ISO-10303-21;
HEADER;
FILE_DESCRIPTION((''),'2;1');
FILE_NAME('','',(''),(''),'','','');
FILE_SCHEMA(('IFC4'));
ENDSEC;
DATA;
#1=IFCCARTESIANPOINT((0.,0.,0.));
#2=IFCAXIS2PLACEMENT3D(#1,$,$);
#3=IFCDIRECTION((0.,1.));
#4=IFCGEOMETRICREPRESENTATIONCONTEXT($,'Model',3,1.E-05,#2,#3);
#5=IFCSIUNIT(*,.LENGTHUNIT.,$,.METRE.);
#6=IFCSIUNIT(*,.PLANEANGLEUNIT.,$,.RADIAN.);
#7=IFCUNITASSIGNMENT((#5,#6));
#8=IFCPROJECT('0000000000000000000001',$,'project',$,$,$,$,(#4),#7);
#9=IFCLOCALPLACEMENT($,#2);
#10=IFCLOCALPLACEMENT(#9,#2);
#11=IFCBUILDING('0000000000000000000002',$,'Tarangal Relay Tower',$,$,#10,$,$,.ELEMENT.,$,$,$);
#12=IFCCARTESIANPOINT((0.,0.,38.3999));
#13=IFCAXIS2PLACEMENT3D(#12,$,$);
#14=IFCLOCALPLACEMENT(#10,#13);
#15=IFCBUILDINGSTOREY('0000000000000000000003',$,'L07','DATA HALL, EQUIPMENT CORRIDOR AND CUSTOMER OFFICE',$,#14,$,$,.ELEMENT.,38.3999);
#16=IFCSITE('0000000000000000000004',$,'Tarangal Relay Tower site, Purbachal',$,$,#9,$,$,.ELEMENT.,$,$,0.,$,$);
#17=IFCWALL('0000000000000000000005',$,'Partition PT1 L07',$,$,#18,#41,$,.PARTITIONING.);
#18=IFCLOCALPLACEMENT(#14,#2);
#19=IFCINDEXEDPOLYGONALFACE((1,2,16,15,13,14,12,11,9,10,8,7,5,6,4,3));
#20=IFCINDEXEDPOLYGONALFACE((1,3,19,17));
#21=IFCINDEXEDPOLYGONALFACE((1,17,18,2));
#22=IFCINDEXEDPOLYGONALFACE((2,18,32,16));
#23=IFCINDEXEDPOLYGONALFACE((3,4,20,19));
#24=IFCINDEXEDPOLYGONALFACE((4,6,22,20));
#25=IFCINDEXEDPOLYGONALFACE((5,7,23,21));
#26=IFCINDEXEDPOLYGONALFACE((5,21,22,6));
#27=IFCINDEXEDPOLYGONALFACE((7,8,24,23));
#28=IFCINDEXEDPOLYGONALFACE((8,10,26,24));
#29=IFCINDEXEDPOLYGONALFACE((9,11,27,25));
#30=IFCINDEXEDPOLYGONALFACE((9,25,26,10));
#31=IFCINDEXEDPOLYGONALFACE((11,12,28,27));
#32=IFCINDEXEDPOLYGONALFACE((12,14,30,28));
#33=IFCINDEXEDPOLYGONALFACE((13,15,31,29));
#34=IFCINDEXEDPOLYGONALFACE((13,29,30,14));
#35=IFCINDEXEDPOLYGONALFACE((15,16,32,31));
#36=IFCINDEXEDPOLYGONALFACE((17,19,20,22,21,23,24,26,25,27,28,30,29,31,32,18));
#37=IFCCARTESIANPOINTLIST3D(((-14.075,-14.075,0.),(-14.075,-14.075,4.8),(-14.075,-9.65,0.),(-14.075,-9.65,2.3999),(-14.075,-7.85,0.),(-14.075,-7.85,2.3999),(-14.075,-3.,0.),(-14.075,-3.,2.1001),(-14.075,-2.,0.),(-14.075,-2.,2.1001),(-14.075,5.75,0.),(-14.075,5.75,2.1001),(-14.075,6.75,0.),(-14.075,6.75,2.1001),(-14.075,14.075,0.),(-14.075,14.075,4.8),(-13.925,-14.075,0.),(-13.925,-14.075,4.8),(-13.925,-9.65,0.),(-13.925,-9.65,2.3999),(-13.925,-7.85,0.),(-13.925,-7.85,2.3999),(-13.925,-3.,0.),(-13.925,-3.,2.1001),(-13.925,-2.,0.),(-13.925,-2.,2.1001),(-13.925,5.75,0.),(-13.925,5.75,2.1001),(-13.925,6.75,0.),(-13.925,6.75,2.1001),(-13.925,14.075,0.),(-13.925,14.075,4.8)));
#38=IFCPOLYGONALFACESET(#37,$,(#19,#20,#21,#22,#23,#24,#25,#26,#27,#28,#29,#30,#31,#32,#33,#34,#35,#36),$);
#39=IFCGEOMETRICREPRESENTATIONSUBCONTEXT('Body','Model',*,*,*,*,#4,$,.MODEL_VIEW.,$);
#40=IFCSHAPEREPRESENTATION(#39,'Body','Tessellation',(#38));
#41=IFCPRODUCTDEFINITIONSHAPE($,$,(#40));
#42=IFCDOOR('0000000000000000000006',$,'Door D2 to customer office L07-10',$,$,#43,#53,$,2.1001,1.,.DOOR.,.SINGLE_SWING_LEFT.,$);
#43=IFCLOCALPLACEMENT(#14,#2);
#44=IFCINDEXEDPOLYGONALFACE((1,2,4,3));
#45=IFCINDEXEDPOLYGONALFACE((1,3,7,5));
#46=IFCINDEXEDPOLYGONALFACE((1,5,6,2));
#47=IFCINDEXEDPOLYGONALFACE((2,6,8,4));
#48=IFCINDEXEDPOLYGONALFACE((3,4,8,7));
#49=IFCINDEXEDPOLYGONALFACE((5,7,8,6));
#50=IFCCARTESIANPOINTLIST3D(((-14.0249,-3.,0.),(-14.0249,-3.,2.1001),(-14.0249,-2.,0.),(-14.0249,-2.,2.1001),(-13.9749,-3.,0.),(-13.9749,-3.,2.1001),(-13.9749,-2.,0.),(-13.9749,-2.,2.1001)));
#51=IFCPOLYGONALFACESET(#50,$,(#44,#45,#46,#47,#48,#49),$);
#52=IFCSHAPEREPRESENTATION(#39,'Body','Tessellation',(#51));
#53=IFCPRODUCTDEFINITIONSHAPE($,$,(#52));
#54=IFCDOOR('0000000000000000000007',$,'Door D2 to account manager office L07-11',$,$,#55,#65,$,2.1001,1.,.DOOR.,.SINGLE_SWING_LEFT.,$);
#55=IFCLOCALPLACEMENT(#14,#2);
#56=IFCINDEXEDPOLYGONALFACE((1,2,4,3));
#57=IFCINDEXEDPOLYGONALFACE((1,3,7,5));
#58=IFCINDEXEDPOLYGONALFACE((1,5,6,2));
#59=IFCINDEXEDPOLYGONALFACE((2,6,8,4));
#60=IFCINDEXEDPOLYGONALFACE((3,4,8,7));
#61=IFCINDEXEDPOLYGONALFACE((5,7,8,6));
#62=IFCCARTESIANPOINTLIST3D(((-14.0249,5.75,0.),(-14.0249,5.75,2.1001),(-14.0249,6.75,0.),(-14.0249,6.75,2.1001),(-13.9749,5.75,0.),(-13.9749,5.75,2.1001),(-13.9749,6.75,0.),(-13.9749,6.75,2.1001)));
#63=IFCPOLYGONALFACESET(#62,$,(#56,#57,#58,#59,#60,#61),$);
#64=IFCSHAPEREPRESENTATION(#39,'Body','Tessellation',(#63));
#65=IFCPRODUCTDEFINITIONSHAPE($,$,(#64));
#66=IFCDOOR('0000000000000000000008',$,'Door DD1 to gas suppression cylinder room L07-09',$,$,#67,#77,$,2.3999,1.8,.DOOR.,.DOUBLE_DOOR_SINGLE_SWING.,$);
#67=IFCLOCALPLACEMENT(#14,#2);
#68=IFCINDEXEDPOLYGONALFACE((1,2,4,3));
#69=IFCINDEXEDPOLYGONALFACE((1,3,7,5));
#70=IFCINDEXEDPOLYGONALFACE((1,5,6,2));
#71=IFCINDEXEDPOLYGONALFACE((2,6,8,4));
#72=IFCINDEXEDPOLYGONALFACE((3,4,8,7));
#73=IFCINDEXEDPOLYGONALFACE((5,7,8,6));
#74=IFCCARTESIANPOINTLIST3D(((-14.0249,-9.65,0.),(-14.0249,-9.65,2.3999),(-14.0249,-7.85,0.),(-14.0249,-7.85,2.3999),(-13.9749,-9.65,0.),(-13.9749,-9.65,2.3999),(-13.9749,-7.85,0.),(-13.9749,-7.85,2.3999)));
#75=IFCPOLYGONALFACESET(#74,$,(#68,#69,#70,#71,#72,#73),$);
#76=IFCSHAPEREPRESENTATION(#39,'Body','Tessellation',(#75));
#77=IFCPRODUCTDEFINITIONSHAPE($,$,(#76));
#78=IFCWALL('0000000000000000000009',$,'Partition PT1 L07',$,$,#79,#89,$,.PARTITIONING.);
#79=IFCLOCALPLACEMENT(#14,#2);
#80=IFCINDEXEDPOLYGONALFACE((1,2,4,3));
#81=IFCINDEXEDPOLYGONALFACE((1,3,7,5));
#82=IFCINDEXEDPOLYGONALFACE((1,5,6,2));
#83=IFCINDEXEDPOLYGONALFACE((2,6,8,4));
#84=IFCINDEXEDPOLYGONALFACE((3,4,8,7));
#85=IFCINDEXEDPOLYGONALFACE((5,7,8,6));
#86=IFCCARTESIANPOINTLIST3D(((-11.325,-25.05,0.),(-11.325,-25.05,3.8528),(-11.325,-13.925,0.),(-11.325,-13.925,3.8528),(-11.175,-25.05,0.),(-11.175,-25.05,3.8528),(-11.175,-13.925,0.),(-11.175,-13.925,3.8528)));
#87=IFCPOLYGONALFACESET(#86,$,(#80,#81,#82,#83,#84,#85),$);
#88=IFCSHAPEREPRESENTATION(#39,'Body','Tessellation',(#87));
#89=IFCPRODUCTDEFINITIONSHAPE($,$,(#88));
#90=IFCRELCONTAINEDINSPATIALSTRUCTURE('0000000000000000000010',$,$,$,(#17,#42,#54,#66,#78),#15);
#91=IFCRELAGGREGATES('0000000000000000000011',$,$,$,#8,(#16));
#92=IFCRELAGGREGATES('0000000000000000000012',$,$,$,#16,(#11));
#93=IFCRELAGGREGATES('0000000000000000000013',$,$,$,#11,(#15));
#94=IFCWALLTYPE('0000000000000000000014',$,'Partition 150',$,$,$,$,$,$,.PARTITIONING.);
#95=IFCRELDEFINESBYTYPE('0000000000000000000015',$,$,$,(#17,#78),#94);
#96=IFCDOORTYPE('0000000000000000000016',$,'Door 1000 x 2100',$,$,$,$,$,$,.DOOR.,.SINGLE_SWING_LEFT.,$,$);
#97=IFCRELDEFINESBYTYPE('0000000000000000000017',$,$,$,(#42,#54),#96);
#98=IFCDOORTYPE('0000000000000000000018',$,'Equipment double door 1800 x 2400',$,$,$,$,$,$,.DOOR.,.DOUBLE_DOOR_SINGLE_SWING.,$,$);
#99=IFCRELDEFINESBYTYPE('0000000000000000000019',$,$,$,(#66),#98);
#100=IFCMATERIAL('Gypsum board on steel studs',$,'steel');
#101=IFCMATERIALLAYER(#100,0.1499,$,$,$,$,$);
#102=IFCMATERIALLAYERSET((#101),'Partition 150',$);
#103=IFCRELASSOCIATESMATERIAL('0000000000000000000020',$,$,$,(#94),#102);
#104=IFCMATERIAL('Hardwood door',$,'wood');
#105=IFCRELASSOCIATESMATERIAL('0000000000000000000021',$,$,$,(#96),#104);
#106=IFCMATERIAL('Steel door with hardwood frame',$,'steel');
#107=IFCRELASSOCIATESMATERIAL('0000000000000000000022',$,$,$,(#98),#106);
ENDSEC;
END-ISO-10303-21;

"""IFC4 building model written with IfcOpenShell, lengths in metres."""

from ifc_helpers import new_model, si_unit, direction, frame, frame_2d, origin, place, context, subcontext, project, spatial, rectangle, extrude, material, layer, layer_set, type_object, element, fill, save


model = new_model("IFC4")

# Units and contexts
model_context = context("Model", 3, precision=1e-05, world=origin(), true_north=direction((0.0, 1.0)))
body_context = subcontext(model_context, "Body", "Model", "MODEL_VIEW")
ifc_project = project(units=[si_unit("LENGTHUNIT", "METRE"), si_unit("PLANEANGLEUNIT", "RADIAN")], contexts=[model_context])

# Site, building, storey
site_placement = place(None, origin())
site = spatial("IfcSite", under=ifc_project, at=site_placement, Name="Tarangal Relay Tower site, Purbachal", CompositionType="ELEMENT", RefElevation=0.0)
building_placement = place(site_placement, origin())
building = spatial("IfcBuilding", under=site, at=building_placement, Name="Tarangal Relay Tower", CompositionType="ELEMENT")
storey_placement = place(building_placement, frame((0.0, 0.0, 38.3999)))
storey = spatial("IfcBuildingStorey", under=building, at=storey_placement, Name="L07", Description="DATA HALL, EQUIPMENT CORRIDOR AND CUSTOMER OFFICE", CompositionType="ELEMENT", Elevation=38.3999)

# Wall, openings, doors
ifc_material_1 = material(Name="Gypsum board on steel studs", Category="steel")
ifc_layer_1 = layer(ifc_material_1, 0.1499)
ifc_layer_set_1 = layer_set([ifc_layer_1], Name="Partition 150")
wall_type_1 = type_object("IfcWallType", Name="Partition 150", PredefinedType="PARTITIONING", material=ifc_layer_set_1)
ifc_material_2 = material(Name="Hardwood door", Category="wood")
door_type_1 = type_object("IfcDoorType", Name="Door 1000 x 2100", OperationType="SINGLE_SWING_LEFT", PredefinedType="DOOR", material=ifc_material_2)
ifc_material_3 = material(Name="Steel door with hardwood frame", Category="steel")
door_type_2 = type_object("IfcDoorType", Name="Equipment double door 1800 x 2400", OperationType="DOUBLE_DOOR_SINGLE_SWING", PredefinedType="DOOR", material=ifc_material_3)
wall_1_placement = place(storey_placement, frame((-14.0, -14.075, 0.0), z_axis=(0.0, 0.0, 1.0), x_axis=(0.0, 1.0, 0.0)))
wall_1 = element("IfcWall", 1, at=wall_1_placement, inside=storey, type_object=wall_type_1, Name="Partition PT1 L07", PredefinedType="PARTITIONING", context=body_context, shape_type="SweptSolid", body=[
    extrude(rectangle(XDim=28.1499, YDim=0.1499, at=frame_2d((14.075, 0.0))), origin(), (0.0, 0.0, 1.0), 4.8),
])
opening_1_placement = place(wall_1_placement, frame((4.425, 0.0, 0.0)))
opening_1 = element("IfcOpeningElement", 2, at=opening_1_placement, cuts=wall_1, PredefinedType="OPENING", context=body_context, shape_type="SweptSolid", body=[
    extrude(rectangle(XDim=1.8, YDim=2.3999, at=frame_2d((0.8999, 1.2))), frame((0.0, 0.085, 0.0), z_axis=(0.0, -1.0, 0.0), x_axis=(1.0, 0.0, 0.0)), (0.0, 0.0, 1.0), 0.1699),
])
opening_2_placement = place(wall_1_placement, frame((11.075, 0.0, 0.0)))
opening_2 = element("IfcOpeningElement", 3, at=opening_2_placement, cuts=wall_1, PredefinedType="OPENING", context=body_context, shape_type="SweptSolid", body=[
    extrude(rectangle(XDim=1.0, YDim=2.1001, at=frame_2d((0.5, 1.05))), frame((0.0, 0.085, 0.0), z_axis=(0.0, -1.0, 0.0), x_axis=(1.0, 0.0, 0.0)), (0.0, 0.0, 1.0), 0.1699),
])
opening_3_placement = place(wall_1_placement, frame((19.825, 0.0, 0.0)))
opening_3 = element("IfcOpeningElement", 4, at=opening_3_placement, cuts=wall_1, PredefinedType="OPENING", context=body_context, shape_type="SweptSolid", body=[
    extrude(rectangle(XDim=1.0, YDim=2.1001, at=frame_2d((0.5, 1.05))), frame((0.0, 0.085, 0.0), z_axis=(0.0, -1.0, 0.0), x_axis=(1.0, 0.0, 0.0)), (0.0, 0.0, 1.0), 0.1699),
])
door_1_placement = place(opening_2_placement, origin())
door_1 = element("IfcDoor", 5, at=door_1_placement, inside=storey, type_object=door_type_1, Name="Door D2 to customer office L07-10", OperationType="SINGLE_SWING_LEFT", OverallHeight=2.1001, OverallWidth=1.0, PredefinedType="DOOR", context=body_context, shape_type="SweptSolid", body=[
    extrude(rectangle(XDim=1.0, YDim=2.1001, at=frame_2d((0.5, 1.05))), frame((0.0, 0.0249, 0.0), z_axis=(0.0, -1.0, 0.0), x_axis=(1.0, 0.0, 0.0)), (0.0, 0.0, 1.0), 0.05),
])
fill(opening_2, door_1)
door_2_placement = place(opening_3_placement, origin())
door_2 = element("IfcDoor", 6, at=door_2_placement, inside=storey, type_object=door_type_1, Name="Door D2 to account manager office L07-11", OperationType="SINGLE_SWING_LEFT", OverallHeight=2.1001, OverallWidth=1.0, PredefinedType="DOOR", context=body_context, shape_type="SweptSolid", body=[
    extrude(rectangle(XDim=1.0, YDim=2.1001, at=frame_2d((0.5, 1.05))), frame((0.0, 0.0249, 0.0), z_axis=(0.0, -1.0, 0.0), x_axis=(1.0, 0.0, 0.0)), (0.0, 0.0, 1.0), 0.05),
])
fill(opening_3, door_2)
door_3_placement = place(opening_1_placement, origin())
door_3 = element("IfcDoor", 7, at=door_3_placement, inside=storey, type_object=door_type_2, Name="Door DD1 to gas suppression cylinder room L07-09", OperationType="DOUBLE_DOOR_SINGLE_SWING", OverallHeight=2.3999, OverallWidth=1.8, PredefinedType="DOOR", context=body_context, shape_type="SweptSolid", body=[
    extrude(rectangle(XDim=1.8, YDim=2.3999, at=frame_2d((0.8999, 1.2))), frame((0.0, 0.0249, 0.0), z_axis=(0.0, -1.0, 0.0), x_axis=(1.0, 0.0, 0.0)), (0.0, 0.0, 1.0), 0.05),
])
fill(opening_1, door_3)

# Wall
wall_2_placement = place(storey_placement, frame((-11.25, -25.05, 0.0), z_axis=(0.0, 0.0, 1.0), x_axis=(0.0, 1.0, 0.0)))
element("IfcWall", 8, at=wall_2_placement, inside=storey, type_object=wall_type_1, Name="Partition PT1 L07", PredefinedType="PARTITIONING", context=body_context, shape_type="SweptSolid", body=[
    extrude(rectangle(XDim=11.125, YDim=0.1499, at=frame_2d((5.5625, 0.0))), origin(), (0.0, 0.0, 1.0), 3.8528),
])

save(model, "model.ifc")
